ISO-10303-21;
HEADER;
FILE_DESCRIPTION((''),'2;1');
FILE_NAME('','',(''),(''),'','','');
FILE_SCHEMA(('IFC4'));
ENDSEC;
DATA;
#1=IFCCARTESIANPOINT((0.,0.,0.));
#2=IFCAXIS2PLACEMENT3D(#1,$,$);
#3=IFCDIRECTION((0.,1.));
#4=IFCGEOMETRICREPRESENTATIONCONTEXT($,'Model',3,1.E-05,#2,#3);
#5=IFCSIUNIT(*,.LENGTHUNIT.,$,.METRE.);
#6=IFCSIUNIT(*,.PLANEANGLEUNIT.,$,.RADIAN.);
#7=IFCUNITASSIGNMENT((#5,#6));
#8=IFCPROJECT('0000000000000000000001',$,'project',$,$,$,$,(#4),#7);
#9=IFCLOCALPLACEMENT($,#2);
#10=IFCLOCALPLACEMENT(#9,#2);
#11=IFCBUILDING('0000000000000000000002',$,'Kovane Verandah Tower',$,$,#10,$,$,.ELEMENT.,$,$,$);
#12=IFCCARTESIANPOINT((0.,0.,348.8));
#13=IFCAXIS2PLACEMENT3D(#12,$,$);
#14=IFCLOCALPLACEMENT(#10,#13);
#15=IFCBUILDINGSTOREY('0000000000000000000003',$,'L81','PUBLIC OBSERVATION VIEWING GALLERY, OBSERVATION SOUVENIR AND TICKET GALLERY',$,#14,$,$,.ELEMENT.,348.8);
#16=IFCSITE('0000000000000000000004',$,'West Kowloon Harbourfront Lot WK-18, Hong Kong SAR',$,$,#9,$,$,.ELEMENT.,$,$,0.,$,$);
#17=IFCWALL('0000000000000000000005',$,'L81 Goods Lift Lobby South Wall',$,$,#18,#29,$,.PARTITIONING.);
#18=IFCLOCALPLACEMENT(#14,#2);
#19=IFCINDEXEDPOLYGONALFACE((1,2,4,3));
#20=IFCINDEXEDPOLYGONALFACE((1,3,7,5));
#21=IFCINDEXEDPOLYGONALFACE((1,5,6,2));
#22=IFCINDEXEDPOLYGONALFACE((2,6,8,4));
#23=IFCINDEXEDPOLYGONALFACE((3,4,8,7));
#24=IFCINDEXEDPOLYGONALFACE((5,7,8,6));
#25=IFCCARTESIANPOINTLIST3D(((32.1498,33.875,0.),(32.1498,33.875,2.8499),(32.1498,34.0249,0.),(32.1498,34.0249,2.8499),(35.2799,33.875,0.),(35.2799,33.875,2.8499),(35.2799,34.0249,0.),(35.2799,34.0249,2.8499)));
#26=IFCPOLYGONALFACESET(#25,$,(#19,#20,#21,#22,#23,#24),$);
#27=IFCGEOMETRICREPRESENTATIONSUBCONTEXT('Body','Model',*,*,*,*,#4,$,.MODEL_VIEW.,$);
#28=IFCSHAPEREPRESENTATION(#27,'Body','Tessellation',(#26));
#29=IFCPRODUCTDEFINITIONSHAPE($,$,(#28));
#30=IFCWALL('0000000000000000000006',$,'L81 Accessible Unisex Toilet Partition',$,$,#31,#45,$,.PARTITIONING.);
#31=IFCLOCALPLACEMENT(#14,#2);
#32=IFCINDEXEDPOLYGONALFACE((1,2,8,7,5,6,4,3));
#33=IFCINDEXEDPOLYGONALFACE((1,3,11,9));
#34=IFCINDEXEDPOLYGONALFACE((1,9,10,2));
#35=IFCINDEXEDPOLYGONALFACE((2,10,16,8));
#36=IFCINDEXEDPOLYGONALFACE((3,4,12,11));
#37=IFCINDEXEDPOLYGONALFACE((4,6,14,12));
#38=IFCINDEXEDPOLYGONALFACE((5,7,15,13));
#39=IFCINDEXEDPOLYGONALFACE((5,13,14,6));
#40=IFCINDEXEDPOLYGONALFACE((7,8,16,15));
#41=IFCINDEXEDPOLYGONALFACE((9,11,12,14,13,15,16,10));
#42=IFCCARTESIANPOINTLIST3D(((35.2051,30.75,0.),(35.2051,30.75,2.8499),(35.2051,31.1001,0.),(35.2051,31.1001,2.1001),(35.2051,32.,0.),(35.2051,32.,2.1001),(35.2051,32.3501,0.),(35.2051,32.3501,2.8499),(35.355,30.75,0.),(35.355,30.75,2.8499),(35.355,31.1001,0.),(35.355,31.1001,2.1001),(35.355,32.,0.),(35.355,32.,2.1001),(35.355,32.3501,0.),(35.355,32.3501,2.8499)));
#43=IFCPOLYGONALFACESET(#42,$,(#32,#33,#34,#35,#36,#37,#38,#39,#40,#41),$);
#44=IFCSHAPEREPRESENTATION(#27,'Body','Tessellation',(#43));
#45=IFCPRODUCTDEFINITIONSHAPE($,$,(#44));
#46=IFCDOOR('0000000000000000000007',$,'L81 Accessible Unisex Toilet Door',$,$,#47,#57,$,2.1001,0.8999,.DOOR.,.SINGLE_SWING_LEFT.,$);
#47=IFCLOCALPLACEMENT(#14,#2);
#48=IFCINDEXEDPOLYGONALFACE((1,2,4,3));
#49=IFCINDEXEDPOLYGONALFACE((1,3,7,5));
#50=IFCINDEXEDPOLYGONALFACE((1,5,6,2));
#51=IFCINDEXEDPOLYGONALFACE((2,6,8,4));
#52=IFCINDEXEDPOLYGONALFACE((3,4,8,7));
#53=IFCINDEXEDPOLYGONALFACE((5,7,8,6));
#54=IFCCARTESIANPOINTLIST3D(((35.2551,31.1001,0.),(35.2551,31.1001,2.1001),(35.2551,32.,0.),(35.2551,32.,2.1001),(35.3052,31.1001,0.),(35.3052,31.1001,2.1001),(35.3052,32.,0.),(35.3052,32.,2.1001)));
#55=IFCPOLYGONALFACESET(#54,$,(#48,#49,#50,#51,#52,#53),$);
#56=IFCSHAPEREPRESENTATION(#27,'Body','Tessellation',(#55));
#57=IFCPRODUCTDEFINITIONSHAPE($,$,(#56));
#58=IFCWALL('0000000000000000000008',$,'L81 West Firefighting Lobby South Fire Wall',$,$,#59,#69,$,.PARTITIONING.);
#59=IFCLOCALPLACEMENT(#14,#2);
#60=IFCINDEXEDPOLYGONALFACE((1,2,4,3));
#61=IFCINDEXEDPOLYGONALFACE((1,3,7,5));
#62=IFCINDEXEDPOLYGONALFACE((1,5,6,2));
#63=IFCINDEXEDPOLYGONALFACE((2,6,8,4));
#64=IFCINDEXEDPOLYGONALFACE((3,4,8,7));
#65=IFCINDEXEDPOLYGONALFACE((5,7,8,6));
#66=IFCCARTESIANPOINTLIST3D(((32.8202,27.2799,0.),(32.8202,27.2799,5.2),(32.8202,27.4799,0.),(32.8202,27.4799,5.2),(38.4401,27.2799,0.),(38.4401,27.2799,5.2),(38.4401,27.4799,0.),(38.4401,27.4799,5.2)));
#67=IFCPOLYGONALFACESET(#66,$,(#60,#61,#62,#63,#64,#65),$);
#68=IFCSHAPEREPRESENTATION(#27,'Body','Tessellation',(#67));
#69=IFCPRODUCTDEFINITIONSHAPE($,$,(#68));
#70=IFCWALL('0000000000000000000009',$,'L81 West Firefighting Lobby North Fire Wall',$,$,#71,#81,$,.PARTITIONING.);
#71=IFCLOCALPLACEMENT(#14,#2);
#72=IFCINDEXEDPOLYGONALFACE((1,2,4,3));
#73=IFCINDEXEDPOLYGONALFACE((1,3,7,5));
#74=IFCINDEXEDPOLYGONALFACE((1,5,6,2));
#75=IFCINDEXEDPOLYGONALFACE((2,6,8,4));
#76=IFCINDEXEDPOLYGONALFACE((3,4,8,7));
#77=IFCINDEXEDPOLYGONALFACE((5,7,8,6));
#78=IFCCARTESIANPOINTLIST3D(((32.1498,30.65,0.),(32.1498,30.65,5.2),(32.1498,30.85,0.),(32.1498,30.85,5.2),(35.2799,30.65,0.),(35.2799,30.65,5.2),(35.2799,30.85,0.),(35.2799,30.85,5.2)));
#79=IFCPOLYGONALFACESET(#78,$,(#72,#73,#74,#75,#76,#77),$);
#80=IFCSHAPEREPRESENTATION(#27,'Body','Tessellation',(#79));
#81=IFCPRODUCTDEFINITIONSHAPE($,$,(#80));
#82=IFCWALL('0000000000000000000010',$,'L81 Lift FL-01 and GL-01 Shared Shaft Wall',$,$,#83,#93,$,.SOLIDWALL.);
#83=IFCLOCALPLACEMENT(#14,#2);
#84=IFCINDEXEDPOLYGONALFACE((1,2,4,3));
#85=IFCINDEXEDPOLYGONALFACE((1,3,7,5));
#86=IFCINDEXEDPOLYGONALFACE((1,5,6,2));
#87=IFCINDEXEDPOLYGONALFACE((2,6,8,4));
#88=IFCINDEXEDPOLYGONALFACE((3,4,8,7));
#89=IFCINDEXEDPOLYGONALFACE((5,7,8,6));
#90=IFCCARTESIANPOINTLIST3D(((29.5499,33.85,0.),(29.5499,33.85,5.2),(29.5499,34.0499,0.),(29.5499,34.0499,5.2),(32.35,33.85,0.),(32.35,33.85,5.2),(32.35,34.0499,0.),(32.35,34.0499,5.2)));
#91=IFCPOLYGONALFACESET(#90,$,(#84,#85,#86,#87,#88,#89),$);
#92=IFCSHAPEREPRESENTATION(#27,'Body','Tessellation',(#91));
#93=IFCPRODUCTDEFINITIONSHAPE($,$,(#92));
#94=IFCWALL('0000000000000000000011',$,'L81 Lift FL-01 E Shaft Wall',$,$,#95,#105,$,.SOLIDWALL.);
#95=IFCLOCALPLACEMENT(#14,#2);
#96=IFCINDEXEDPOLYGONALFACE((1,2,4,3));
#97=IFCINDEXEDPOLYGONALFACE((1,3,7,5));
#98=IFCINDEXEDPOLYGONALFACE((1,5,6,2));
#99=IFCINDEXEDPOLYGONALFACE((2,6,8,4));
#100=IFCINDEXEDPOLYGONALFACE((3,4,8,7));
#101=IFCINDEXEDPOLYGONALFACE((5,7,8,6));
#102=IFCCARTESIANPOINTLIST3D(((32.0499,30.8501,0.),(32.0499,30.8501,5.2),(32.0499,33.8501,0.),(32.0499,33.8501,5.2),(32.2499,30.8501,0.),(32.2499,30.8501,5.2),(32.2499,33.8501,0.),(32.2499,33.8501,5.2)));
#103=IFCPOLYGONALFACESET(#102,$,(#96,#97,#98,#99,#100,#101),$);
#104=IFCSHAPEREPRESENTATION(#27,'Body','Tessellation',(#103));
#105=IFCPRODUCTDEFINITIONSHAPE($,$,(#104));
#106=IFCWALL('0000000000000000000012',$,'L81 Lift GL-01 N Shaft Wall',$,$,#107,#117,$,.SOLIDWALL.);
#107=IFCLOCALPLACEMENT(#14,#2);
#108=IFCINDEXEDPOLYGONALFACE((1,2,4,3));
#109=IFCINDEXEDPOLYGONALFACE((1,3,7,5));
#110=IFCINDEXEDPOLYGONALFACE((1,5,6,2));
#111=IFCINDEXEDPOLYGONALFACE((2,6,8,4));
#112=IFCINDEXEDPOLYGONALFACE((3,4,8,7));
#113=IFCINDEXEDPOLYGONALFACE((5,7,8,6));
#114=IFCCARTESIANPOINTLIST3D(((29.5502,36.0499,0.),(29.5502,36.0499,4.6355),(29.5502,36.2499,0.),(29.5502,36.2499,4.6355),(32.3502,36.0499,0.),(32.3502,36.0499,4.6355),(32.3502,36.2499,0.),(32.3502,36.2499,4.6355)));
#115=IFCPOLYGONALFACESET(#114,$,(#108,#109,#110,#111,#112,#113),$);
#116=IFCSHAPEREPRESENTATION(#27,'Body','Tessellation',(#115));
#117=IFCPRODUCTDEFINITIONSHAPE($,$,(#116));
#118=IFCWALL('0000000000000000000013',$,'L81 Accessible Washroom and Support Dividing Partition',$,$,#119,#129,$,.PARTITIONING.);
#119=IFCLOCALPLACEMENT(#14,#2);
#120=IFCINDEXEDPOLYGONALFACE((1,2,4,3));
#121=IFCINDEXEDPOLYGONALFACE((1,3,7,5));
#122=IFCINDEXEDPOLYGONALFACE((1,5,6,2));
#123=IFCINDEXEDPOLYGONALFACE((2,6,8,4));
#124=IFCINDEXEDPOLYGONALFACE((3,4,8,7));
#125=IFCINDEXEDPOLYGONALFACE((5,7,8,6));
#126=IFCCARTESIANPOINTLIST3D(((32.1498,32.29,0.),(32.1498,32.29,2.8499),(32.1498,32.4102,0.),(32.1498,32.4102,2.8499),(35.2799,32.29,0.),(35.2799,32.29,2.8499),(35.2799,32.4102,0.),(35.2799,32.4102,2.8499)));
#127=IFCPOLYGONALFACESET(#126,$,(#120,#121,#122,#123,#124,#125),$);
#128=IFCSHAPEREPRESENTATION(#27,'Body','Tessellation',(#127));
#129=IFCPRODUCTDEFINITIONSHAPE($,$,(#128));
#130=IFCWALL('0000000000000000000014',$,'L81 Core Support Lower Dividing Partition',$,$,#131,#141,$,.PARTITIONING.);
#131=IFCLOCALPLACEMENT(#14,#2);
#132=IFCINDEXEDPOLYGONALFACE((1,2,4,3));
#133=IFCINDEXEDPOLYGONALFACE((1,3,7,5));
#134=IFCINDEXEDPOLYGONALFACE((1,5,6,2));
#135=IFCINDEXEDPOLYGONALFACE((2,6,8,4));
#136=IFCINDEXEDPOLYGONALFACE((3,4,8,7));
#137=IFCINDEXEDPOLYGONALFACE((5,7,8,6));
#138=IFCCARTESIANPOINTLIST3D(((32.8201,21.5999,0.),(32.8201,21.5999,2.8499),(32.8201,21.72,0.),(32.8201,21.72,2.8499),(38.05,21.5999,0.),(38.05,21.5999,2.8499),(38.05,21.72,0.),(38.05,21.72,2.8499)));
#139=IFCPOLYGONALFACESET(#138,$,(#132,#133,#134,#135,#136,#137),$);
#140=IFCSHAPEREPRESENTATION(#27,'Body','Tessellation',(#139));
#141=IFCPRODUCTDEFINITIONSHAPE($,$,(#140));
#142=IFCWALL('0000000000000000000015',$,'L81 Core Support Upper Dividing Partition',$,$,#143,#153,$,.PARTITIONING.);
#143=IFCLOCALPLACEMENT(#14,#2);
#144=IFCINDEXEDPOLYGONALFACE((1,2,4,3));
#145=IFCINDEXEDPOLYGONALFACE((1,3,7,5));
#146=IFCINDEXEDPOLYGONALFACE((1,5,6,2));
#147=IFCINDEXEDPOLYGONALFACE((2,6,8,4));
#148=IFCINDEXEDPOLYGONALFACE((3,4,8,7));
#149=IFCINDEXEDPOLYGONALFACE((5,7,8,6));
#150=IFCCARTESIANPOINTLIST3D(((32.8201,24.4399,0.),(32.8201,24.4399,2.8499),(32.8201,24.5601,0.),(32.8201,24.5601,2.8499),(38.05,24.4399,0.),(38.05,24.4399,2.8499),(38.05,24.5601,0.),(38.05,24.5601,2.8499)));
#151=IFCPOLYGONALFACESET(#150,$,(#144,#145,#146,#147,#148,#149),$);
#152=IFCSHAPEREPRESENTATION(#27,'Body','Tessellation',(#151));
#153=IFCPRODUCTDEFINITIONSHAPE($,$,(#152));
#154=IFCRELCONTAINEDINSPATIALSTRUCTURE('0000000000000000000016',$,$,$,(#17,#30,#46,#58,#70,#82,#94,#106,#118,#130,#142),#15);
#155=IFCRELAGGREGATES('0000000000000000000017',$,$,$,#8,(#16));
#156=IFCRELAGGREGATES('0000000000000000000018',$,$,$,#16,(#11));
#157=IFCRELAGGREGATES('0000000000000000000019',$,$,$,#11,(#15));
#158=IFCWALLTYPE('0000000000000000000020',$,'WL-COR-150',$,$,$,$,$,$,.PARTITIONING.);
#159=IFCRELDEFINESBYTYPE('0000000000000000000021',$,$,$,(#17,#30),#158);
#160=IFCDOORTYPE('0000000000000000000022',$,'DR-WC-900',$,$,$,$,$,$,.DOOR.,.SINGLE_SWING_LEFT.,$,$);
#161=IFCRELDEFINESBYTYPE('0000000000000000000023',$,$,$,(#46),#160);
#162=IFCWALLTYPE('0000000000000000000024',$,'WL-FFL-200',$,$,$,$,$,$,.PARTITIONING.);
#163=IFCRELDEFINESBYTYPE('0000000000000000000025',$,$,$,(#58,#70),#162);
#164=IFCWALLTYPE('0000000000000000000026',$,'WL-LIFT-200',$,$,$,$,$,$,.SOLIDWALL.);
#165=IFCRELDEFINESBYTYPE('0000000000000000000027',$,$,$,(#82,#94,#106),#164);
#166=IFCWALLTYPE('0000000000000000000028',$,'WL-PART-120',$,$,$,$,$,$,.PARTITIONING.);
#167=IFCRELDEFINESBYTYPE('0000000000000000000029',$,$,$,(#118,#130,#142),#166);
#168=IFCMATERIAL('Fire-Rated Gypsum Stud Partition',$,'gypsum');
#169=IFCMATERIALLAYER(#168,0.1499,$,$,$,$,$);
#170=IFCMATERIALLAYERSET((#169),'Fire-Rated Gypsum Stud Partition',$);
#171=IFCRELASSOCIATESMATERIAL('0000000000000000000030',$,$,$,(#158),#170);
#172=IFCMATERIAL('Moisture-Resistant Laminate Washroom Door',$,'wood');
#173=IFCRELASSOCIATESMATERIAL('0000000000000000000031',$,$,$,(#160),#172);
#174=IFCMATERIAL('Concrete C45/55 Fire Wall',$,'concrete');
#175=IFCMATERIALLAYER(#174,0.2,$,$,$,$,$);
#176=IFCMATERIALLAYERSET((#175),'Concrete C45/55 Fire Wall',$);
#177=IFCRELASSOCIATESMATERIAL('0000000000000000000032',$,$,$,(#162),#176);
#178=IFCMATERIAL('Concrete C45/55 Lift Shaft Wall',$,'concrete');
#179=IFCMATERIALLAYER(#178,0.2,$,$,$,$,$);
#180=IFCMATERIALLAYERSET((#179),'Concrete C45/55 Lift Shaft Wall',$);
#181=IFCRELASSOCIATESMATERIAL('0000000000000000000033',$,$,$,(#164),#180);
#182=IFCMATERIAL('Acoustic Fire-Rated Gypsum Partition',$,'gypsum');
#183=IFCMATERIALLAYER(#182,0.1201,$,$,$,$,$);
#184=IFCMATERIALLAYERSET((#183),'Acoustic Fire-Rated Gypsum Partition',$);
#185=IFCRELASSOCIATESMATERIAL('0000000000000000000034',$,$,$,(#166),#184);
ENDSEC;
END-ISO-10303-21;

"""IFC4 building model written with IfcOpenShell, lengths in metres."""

from ifc_helpers import new_model, si_unit, direction, frame, frame_2d, origin, place, context, subcontext, project, spatial, rectangle, extrude, material, layer, layer_set, type_object, element, fill, save


model = new_model("IFC4")

# Units and contexts
model_context = context("Model", 3, precision=1e-05, world=origin(), true_north=direction((0.0, 1.0)))
body_context = subcontext(model_context, "Body", "Model", "MODEL_VIEW")
ifc_project = project(units=[si_unit("LENGTHUNIT", "METRE"), si_unit("PLANEANGLEUNIT", "RADIAN")], contexts=[model_context])

# Site, building, storey
site_placement = place(None, origin())
site = spatial("IfcSite", under=ifc_project, at=site_placement, Name="West Kowloon Harbourfront Lot WK-18, Hong Kong SAR", CompositionType="ELEMENT", RefElevation=0.0)
building_placement = place(site_placement, origin())
building = spatial("IfcBuilding", under=site, at=building_placement, Name="Kovane Verandah Tower", CompositionType="ELEMENT")
storey_placement = place(building_placement, frame((0.0, 0.0, 348.8)))
storey = spatial("IfcBuildingStorey", under=building, at=storey_placement, Name="L81", Description="PUBLIC OBSERVATION VIEWING GALLERY, OBSERVATION SOUVENIR AND TICKET GALLERY", CompositionType="ELEMENT", Elevation=348.8)

# Wall
ifc_material_1 = material(Name="Fire-Rated Gypsum Stud Partition", Category="gypsum")
ifc_layer_1 = layer(ifc_material_1, 0.1499)
ifc_layer_set_1 = layer_set([ifc_layer_1], Name="Fire-Rated Gypsum Stud Partition")
wall_type_1 = type_object("IfcWallType", Name="WL-COR-150", PredefinedType="PARTITIONING", material=ifc_layer_set_1)
wall_1_placement = place(storey_placement, frame((32.1499, 33.95, 0.0), z_axis=(0.0, 0.0, 1.0), x_axis=(1.0, 0.0, 0.0)))
element("IfcWall", 1, at=wall_1_placement, inside=storey, type_object=wall_type_1, Name="L81 Goods Lift Lobby South Wall", PredefinedType="PARTITIONING", context=body_context, shape_type="SweptSolid", body=[
    extrude(rectangle(XDim=3.1301, YDim=0.1499, at=frame_2d((1.5649, 0.0))), origin(), (0.0, 0.0, 1.0), 2.8499),
])

# Wall, opening, door
wall_2_placement = place(storey_placement, frame((35.28, 30.75, 0.0), z_axis=(0.0, 0.0, 1.0), x_axis=(0.0, 1.0, 0.0)))
wall_2 = element("IfcWall", 2, at=wall_2_placement, inside=storey, type_object=wall_type_1, Name="L81 Accessible Unisex Toilet Partition", PredefinedType="PARTITIONING", context=body_context, shape_type="SweptSolid", body=[
    extrude(rectangle(XDim=1.6001, YDim=0.1499, at=frame_2d((0.8, 0.0))), origin(), (0.0, 0.0, 1.0), 2.8499),
])
opening_1_placement = place(wall_2_placement, frame((0.3501, 0.0, 0.0)))
opening_1 = element("IfcOpeningElement", 3, at=opening_1_placement, cuts=wall_2, PredefinedType="OPENING", context=body_context, shape_type="SweptSolid", body=[
    extrude(rectangle(XDim=0.8999, YDim=2.1001, at=frame_2d((0.45, 1.05))), frame((0.0, 0.075, 0.0), z_axis=(0.0, -1.0, 0.0), x_axis=(1.0, 0.0, 0.0)), (0.0, 0.0, 1.0), 0.1499),
])
ifc_material_2 = material(Name="Moisture-Resistant Laminate Washroom Door", Category="wood")
door_type_1 = type_object("IfcDoorType", Name="DR-WC-900", OperationType="SINGLE_SWING_LEFT", PredefinedType="DOOR", material=ifc_material_2)
door_1_placement = place(opening_1_placement, origin())
door_1 = element("IfcDoor", 4, at=door_1_placement, inside=storey, type_object=door_type_1, Name="L81 Accessible Unisex Toilet Door", OperationType="SINGLE_SWING_LEFT", OverallHeight=2.1001, OverallWidth=0.8999, PredefinedType="DOOR", context=body_context, shape_type="SweptSolid", body=[
    extrude(rectangle(XDim=0.8999, YDim=2.1001, at=frame_2d((0.45, 1.05))), frame((0.0, 0.0249, 0.0), z_axis=(0.0, -1.0, 0.0), x_axis=(1.0, 0.0, 0.0)), (0.0, 0.0, 1.0), 0.05),
])
fill(opening_1, door_1)
ifc_material_3 = material(Name="Concrete C45/55 Fire Wall", Category="concrete")
ifc_layer_2 = layer(ifc_material_3, 0.2)
ifc_layer_set_2 = layer_set([ifc_layer_2], Name="Concrete C45/55 Fire Wall")
wall_type_2 = type_object("IfcWallType", Name="WL-FFL-200", PredefinedType="PARTITIONING", material=ifc_layer_set_2)

# Walls
wall_3_placement = place(storey_placement, frame((32.8201, 27.3799, 0.0), z_axis=(0.0, 0.0, 1.0), x_axis=(1.0, 0.0, 0.0)))
element("IfcWall", 5, at=wall_3_placement, inside=storey, type_object=wall_type_2, Name="L81 West Firefighting Lobby South Fire Wall", PredefinedType="PARTITIONING", context=body_context, shape_type="SweptSolid", body=[
    extrude(rectangle(XDim=5.6199, YDim=0.2, at=frame_2d((2.8101, 0.0))), origin(), (0.0, 0.0, 1.0), 5.2),
])
wall_4_placement = place(storey_placement, frame((32.1499, 30.75, 0.0), z_axis=(0.0, 0.0, 1.0), x_axis=(1.0, 0.0, 0.0)))
element("IfcWall", 6, at=wall_4_placement, inside=storey, type_object=wall_type_2, Name="L81 West Firefighting Lobby North Fire Wall", PredefinedType="PARTITIONING", context=body_context, shape_type="SweptSolid", body=[
    extrude(rectangle(XDim=3.1301, YDim=0.2, at=frame_2d((1.5649, 0.0))), origin(), (0.0, 0.0, 1.0), 5.2),
])

# Shared definitions
ifc_material_4 = material(Name="Concrete C45/55 Lift Shaft Wall", Category="concrete")
ifc_layer_3 = layer(ifc_material_4, 0.2)
ifc_layer_set_3 = layer_set([ifc_layer_3], Name="Concrete C45/55 Lift Shaft Wall")
wall_type_3 = type_object("IfcWallType", Name="WL-LIFT-200", PredefinedType="SOLIDWALL", material=ifc_layer_set_3)

# Walls
wall_5_placement = place(storey_placement, frame((29.55, 33.95, 0.0), z_axis=(0.0, 0.0, 1.0), x_axis=(1.0, 0.0, 0.0)))
element("IfcWall", 7, at=wall_5_placement, inside=storey, type_object=wall_type_3, Name="L81 Lift FL-01 and GL-01 Shared Shaft Wall", PredefinedType="SOLIDWALL", context=body_context, shape_type="SweptSolid", body=[
    extrude(rectangle(XDim=2.8, YDim=0.2, at=frame_2d((1.3999, 0.0))), origin(), (0.0, 0.0, 1.0), 5.2),
])
wall_6_placement = place(storey_placement, frame((32.1499, 30.8501, 0.0), z_axis=(0.0, 0.0, 1.0), x_axis=(0.0, 1.0, 0.0)))
element("IfcWall", 8, at=wall_6_placement, inside=storey, type_object=wall_type_3, Name="L81 Lift FL-01 E Shaft Wall", PredefinedType="SOLIDWALL", context=body_context, shape_type="SweptSolid", body=[
    extrude(rectangle(XDim=3.0, YDim=0.2, at=frame_2d((1.5, 0.0))), origin(), (0.0, 0.0, 1.0), 5.2),
])
wall_7_placement = place(storey_placement, frame((32.3501, 36.1499, 0.0), z_axis=(0.0, 0.0, 1.0), x_axis=(-1.0, 0.0, 0.0)))
element("IfcWall", 9, at=wall_7_placement, inside=storey, type_object=wall_type_3, Name="L81 Lift GL-01 N Shaft Wall", PredefinedType="SOLIDWALL", context=body_context, shape_type="SweptSolid", body=[
    extrude(rectangle(XDim=2.8, YDim=0.2, at=frame_2d((1.3999, 0.0))), origin(), (0.0, 0.0, 1.0), 4.6355),
])

# Walls
ifc_material_5 = material(Name="Acoustic Fire-Rated Gypsum Partition", Category="gypsum")
ifc_layer_4 = layer(ifc_material_5, 0.1201)
ifc_layer_set_4 = layer_set([ifc_layer_4], Name="Acoustic Fire-Rated Gypsum Partition")
wall_type_4 = type_object("IfcWallType", Name="WL-PART-120", PredefinedType="PARTITIONING", material=ifc_layer_set_4)
wall_8_placement = place(storey_placement, frame((32.1499, 32.3501, 0.0), z_axis=(0.0, 0.0, 1.0), x_axis=(1.0, 0.0, 0.0)))
element("IfcWall", 10, at=wall_8_placement, inside=storey, type_object=wall_type_4, Name="L81 Accessible Washroom and Support Dividing Partition", PredefinedType="PARTITIONING", context=body_context, shape_type="SweptSolid", body=[
    extrude(rectangle(XDim=3.1301, YDim=0.1201, at=frame_2d((1.5649, 0.0))), origin(), (0.0, 0.0, 1.0), 2.8499),
])
for number, where, z_axis, x_axis, name in (
    (11, (32.8201, 21.6599, 0.0), (0.0, 0.0, 1.0), (1.0, 0.0, 0.0), "L81 Core Support Lower Dividing Partition"),
    (12, (32.8201, 24.5, 0.0), (0.0, 0.0, 1.0), (1.0, 0.0, 0.0), "L81 Core Support Upper Dividing Partition"),
):
    element("IfcWall", number, at=place(storey_placement, frame(where, z_axis=z_axis, x_axis=x_axis)), inside=storey, type_object=wall_type_4, Name=name, PredefinedType="PARTITIONING", context=body_context, shape_type="SweptSolid", body=[
        extrude(rectangle(XDim=5.23, YDim=0.1201, at=frame_2d((2.615, 0.0))), origin(), (0.0, 0.0, 1.0), 2.8499),
    ])

save(model, "model.ifc")
